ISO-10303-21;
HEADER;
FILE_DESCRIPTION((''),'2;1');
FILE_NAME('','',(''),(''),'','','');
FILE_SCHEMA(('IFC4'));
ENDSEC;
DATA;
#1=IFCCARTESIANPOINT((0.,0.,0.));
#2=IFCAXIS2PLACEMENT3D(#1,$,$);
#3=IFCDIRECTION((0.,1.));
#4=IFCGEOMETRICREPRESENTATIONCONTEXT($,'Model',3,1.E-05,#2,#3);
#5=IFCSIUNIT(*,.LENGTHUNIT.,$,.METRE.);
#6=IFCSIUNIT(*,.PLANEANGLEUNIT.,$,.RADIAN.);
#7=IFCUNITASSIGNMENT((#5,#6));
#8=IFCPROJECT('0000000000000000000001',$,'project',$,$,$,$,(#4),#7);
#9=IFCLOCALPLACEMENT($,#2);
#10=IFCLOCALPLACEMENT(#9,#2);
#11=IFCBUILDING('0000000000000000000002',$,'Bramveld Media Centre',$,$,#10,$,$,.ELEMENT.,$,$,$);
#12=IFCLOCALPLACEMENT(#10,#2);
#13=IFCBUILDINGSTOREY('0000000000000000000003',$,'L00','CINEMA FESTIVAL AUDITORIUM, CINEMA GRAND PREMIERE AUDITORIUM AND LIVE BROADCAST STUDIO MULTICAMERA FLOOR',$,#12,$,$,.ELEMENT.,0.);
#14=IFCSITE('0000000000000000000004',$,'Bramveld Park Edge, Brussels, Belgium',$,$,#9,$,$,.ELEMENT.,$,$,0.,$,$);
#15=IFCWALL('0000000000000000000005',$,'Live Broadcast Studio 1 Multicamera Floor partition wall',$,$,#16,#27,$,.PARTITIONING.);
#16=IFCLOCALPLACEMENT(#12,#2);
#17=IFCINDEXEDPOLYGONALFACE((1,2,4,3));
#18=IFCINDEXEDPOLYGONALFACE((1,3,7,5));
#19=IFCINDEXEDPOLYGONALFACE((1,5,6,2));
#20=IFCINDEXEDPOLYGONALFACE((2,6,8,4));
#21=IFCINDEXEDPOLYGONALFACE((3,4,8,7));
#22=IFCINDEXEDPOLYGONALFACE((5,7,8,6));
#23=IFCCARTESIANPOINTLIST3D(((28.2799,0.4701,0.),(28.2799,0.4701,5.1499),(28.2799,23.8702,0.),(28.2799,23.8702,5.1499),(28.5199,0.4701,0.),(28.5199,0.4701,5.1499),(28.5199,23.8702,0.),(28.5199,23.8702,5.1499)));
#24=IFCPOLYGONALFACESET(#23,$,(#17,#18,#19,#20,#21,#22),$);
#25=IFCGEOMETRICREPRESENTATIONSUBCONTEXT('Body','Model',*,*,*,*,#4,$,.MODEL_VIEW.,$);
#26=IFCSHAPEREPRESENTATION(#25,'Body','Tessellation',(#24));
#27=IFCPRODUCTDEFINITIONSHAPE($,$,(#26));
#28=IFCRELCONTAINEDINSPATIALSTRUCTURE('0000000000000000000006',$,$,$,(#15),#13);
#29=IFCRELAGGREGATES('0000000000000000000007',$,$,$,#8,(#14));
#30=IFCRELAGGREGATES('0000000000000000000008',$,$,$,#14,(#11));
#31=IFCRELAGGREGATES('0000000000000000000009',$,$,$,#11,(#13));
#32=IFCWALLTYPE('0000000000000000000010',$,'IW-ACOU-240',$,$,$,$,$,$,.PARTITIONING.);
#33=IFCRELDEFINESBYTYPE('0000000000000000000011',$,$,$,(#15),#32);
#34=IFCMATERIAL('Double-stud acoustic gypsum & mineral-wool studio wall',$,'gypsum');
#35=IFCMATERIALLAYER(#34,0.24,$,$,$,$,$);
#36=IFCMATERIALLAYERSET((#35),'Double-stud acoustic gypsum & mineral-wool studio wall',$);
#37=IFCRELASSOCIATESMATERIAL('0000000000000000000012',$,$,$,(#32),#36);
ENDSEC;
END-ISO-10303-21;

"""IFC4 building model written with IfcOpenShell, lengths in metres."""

from ifc_helpers import new_model, si_unit, direction, frame, frame_2d, origin, place, context, subcontext, project, spatial, rectangle, extrude, material, layer, layer_set, type_object, element, save


model = new_model("IFC4")

# Units and contexts
model_context = context("Model", 3, precision=1e-05, world=origin(), true_north=direction((0.0, 1.0)))
body_context = subcontext(model_context, "Body", "Model", "MODEL_VIEW")
ifc_project = project(units=[si_unit("LENGTHUNIT", "METRE"), si_unit("PLANEANGLEUNIT", "RADIAN")], contexts=[model_context])

# Site, building, storey
site_placement = place(None, origin())
site = spatial("IfcSite", under=ifc_project, at=site_placement, Name="Bramveld Park Edge, Brussels, Belgium", CompositionType="ELEMENT", RefElevation=0.0)
building_placement = place(site_placement, origin())
building = spatial("IfcBuilding", under=site, at=building_placement, Name="Bramveld Media Centre", CompositionType="ELEMENT")
storey_placement = place(building_placement, origin())
storey = spatial("IfcBuildingStorey", under=building, at=storey_placement, Name="L00", Description="CINEMA FESTIVAL AUDITORIUM, CINEMA GRAND PREMIERE AUDITORIUM AND LIVE BROADCAST STUDIO MULTICAMERA FLOOR", CompositionType="ELEMENT", Elevation=0.0)

# Wall
ifc_material_1 = material(Name="Double-stud acoustic gypsum & mineral-wool studio wall", Category="gypsum")
ifc_layer = layer(ifc_material_1, 0.24)
ifc_layer_set = layer_set([ifc_layer], Name="Double-stud acoustic gypsum & mineral-wool studio wall")
wall_type = type_object("IfcWallType", Name="IW-ACOU-240", PredefinedType="PARTITIONING", material=ifc_layer_set)
wall_placement = place(storey_placement, frame((28.3999, 0.47, 0.0), z_axis=(0.0, 0.0, 1.0), x_axis=(0.0, 1.0, 0.0)))
element("IfcWall", 1, at=wall_placement, inside=storey, type_object=wall_type, Name="Live Broadcast Studio 1 Multicamera Floor partition wall", PredefinedType="PARTITIONING", context=body_context, shape_type="SweptSolid", body=[
    extrude(rectangle(XDim=23.4001, YDim=0.24, at=frame_2d((11.7002, 0.0))), origin(), (0.0, 0.0, 1.0), 5.1499),
])

save(model, "model.ifc")
